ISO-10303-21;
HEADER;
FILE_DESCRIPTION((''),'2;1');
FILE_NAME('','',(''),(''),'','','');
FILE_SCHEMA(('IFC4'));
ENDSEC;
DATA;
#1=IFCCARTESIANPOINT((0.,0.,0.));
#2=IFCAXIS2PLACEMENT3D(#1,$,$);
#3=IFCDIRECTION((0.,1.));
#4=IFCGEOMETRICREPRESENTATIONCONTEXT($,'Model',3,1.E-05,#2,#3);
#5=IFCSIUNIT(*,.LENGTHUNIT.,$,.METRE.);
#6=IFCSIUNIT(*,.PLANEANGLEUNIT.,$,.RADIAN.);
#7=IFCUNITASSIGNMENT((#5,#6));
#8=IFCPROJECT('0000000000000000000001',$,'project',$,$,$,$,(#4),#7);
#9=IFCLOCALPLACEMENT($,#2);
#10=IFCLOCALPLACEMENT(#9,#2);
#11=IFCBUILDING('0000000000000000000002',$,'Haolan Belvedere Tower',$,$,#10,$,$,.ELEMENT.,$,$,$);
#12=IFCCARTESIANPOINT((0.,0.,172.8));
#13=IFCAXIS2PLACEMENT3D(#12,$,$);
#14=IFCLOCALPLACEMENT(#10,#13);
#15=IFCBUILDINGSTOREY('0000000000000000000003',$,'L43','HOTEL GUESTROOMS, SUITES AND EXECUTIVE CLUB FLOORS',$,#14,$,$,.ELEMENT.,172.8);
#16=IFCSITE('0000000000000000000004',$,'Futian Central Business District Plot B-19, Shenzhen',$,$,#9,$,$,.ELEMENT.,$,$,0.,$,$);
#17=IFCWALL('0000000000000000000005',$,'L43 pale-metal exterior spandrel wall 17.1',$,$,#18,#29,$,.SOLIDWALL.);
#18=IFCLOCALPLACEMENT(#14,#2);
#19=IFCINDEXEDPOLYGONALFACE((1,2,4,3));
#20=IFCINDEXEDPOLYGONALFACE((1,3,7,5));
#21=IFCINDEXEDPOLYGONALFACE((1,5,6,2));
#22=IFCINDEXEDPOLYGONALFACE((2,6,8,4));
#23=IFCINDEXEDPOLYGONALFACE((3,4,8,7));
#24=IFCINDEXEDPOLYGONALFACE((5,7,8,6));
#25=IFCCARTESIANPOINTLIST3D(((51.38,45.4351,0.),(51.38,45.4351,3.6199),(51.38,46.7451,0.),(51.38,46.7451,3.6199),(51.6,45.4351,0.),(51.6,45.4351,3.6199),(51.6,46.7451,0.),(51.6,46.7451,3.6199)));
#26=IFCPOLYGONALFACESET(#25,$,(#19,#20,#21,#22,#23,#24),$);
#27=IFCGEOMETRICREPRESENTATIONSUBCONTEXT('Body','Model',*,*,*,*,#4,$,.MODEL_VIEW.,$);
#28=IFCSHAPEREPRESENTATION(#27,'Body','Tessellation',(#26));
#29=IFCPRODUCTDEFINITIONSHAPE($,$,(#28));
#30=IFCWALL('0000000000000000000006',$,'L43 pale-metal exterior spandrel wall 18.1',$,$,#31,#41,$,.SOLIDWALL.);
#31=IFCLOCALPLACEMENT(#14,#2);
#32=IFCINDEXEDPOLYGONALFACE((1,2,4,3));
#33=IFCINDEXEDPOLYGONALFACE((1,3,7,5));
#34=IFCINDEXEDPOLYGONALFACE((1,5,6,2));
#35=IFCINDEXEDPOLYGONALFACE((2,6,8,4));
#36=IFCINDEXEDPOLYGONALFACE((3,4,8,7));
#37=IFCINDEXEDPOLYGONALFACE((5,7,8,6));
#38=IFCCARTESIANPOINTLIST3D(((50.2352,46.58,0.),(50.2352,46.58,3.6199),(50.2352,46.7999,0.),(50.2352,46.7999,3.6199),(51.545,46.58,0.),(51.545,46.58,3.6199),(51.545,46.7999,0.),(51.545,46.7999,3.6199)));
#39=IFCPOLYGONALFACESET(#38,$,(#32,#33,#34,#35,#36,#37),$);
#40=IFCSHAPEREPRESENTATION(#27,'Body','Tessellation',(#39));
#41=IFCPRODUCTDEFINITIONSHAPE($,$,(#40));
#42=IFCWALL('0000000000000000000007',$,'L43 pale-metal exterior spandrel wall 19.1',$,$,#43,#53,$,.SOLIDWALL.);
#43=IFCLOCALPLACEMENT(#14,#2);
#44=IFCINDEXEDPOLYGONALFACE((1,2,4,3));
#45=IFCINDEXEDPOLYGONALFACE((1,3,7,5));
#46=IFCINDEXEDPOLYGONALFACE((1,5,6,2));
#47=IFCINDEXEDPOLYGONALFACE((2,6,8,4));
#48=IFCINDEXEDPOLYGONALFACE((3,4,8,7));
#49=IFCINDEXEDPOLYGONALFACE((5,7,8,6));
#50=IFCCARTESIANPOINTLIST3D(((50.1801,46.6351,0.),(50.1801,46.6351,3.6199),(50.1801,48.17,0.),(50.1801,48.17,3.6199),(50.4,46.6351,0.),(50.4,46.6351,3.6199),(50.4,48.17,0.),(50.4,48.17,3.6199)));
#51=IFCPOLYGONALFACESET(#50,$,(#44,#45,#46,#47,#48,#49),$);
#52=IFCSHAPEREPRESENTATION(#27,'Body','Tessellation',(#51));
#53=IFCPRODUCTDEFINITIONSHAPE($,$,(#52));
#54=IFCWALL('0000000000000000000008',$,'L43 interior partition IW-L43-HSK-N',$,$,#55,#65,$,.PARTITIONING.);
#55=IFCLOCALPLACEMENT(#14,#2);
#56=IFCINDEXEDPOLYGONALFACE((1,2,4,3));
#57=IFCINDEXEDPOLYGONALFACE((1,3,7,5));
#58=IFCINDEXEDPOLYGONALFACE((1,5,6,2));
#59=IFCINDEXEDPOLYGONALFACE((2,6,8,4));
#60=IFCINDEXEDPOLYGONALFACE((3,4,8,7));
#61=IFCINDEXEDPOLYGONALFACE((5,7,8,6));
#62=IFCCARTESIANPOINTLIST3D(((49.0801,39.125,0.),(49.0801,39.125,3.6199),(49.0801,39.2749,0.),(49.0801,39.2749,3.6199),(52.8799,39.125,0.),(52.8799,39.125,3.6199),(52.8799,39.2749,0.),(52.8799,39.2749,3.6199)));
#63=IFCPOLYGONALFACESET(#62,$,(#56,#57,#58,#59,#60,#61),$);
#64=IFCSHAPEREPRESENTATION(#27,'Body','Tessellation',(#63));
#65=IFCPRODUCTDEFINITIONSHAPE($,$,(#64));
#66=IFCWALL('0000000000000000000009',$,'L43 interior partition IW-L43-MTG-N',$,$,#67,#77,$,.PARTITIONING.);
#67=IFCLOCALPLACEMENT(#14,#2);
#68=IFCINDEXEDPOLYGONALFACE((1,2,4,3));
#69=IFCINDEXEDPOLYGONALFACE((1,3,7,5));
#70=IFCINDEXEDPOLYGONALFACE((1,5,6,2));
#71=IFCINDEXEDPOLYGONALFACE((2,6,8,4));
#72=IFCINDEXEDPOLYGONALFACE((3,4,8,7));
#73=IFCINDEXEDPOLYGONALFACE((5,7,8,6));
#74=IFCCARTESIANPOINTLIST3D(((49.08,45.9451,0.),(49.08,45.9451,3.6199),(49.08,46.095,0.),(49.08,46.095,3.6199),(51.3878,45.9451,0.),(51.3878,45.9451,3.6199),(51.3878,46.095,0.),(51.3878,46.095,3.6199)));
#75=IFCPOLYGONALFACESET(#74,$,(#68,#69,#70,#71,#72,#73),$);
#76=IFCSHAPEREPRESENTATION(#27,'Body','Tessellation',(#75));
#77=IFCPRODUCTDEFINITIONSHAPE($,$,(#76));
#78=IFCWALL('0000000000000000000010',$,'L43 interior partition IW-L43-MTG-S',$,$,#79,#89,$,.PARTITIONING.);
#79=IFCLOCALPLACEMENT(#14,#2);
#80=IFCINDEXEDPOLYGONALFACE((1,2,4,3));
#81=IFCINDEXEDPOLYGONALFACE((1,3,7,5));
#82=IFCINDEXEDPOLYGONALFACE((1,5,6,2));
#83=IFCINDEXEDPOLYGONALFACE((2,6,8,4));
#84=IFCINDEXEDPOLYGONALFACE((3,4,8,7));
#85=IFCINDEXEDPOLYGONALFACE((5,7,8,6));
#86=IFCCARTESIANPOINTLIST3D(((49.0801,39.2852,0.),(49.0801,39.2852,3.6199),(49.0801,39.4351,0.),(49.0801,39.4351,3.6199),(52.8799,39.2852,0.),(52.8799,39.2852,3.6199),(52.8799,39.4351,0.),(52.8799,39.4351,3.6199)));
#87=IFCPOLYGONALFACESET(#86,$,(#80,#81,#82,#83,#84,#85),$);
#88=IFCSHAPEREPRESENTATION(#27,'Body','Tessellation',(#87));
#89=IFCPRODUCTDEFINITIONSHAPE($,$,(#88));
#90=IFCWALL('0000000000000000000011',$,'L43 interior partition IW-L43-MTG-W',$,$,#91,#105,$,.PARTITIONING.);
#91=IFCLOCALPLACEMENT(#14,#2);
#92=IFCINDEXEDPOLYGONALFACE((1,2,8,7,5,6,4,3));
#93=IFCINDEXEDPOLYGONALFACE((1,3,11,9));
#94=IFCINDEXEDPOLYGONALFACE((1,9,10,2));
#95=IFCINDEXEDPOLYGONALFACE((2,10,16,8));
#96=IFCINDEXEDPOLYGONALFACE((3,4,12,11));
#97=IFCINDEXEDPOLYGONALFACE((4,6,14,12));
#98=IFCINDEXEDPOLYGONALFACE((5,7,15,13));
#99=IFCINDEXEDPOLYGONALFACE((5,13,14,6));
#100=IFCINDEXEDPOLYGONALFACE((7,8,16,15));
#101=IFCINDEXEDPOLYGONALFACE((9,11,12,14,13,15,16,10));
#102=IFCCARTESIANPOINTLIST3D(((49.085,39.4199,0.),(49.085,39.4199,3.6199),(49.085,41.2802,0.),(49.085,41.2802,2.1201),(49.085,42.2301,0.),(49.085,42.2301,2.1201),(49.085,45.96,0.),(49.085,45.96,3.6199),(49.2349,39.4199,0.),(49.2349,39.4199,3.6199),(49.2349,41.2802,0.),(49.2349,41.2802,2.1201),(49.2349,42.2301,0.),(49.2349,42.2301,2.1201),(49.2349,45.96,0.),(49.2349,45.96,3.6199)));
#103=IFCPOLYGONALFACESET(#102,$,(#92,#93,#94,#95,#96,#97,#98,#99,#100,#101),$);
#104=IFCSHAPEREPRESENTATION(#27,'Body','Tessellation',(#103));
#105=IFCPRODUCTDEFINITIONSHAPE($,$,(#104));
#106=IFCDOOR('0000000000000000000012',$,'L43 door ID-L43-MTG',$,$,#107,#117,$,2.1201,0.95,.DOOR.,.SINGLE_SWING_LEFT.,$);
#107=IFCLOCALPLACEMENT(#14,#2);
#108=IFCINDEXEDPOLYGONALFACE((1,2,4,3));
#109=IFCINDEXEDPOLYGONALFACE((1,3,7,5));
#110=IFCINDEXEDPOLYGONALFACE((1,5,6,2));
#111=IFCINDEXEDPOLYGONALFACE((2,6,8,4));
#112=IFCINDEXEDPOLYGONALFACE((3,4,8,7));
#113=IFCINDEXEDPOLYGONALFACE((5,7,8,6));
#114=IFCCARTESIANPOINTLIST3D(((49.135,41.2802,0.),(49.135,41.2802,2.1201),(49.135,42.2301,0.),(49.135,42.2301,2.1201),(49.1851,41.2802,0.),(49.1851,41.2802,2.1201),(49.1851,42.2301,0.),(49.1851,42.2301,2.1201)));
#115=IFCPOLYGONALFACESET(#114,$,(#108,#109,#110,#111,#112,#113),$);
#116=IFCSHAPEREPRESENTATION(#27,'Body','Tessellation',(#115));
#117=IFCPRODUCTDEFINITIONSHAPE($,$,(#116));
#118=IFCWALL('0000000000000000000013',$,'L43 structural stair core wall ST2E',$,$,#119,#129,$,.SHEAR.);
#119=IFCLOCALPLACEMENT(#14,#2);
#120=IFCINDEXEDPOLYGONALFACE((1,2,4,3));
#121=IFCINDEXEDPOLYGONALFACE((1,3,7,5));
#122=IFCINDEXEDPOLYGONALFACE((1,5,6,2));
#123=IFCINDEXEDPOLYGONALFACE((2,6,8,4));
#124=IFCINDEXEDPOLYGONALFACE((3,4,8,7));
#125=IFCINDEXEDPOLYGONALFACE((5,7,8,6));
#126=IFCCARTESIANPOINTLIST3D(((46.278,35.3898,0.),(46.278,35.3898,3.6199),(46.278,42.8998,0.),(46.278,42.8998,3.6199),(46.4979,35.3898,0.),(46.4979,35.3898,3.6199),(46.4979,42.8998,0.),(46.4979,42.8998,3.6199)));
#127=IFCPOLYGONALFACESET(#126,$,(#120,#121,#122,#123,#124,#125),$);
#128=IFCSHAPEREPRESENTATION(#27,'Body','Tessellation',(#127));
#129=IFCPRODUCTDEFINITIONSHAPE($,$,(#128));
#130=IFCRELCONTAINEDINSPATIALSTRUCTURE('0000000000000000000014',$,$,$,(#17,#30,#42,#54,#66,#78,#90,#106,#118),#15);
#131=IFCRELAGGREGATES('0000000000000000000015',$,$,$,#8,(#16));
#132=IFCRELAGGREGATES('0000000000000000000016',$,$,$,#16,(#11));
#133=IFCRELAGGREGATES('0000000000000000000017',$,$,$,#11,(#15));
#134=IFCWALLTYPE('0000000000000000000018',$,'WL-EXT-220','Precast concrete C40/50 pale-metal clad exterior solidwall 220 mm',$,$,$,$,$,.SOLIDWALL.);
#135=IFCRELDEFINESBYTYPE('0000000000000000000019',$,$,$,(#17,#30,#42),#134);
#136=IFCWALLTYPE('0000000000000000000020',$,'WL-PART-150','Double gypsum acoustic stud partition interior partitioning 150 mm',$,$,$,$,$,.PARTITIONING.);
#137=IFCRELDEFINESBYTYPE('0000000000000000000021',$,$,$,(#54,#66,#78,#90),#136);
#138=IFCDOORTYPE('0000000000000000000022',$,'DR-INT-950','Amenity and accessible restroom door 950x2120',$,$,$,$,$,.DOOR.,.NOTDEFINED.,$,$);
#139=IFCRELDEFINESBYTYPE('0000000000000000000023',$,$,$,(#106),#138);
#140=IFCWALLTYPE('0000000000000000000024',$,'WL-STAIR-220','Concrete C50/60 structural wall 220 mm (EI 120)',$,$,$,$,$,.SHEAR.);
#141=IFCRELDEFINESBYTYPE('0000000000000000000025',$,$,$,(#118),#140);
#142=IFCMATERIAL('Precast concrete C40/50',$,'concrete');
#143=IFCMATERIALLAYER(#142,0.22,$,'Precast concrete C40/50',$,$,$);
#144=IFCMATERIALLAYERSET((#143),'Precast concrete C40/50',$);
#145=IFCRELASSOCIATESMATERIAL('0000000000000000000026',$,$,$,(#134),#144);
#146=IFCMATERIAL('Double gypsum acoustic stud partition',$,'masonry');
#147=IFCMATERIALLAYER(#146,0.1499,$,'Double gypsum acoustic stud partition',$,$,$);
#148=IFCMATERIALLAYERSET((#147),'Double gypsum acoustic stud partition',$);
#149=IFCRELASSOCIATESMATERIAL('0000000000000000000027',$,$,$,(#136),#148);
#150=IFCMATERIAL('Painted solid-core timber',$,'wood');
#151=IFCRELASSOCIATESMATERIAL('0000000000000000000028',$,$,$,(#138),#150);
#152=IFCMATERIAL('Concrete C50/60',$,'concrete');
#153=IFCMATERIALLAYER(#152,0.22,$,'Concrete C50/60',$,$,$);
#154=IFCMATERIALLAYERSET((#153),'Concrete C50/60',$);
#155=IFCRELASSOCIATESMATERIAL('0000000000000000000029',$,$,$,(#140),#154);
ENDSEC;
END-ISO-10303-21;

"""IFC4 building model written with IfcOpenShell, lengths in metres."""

from ifc_helpers import new_model, si_unit, direction, frame, frame_2d, origin, place, context, subcontext, project, spatial, rectangle, extrude, material, layer, layer_set, type_object, element, fill, save


model = new_model("IFC4")

# Units and contexts
model_context = context("Model", 3, precision=1e-05, world=origin(), true_north=direction((0.0, 1.0)))
body_context = subcontext(model_context, "Body", "Model", "MODEL_VIEW")
ifc_project = project(units=[si_unit("LENGTHUNIT", "METRE"), si_unit("PLANEANGLEUNIT", "RADIAN")], contexts=[model_context])

# Site, building, storey
site_placement = place(None, origin())
site = spatial("IfcSite", under=ifc_project, at=site_placement, Name="Futian Central Business District Plot B-19, Shenzhen", CompositionType="ELEMENT", RefElevation=0.0)
building_placement = place(site_placement, origin())
building = spatial("IfcBuilding", under=site, at=building_placement, Name="Haolan Belvedere Tower", CompositionType="ELEMENT")
storey_placement = place(building_placement, frame((0.0, 0.0, 172.8)))
storey = spatial("IfcBuildingStorey", under=building, at=storey_placement, Name="L43", Description="HOTEL GUESTROOMS, SUITES AND EXECUTIVE CLUB FLOORS", CompositionType="ELEMENT", Elevation=172.8)

# Walls
ifc_material_1 = material(Name="Precast concrete C40/50", Category="concrete")
ifc_layer_1 = layer(ifc_material_1, 0.22, Name="Precast concrete C40/50")
ifc_layer_set_1 = layer_set([ifc_layer_1], Name="Precast concrete C40/50")
wall_type_1 = type_object("IfcWallType", Name="WL-EXT-220", Description="Precast concrete C40/50 pale-metal clad exterior solidwall 220 mm", PredefinedType="SOLIDWALL", material=ifc_layer_set_1)
wall_1_placement = place(storey_placement, frame((51.49, 45.4351, 0.0), z_axis=(0.0, 0.0, 1.0), x_axis=(0.0, 1.0, 0.0)))
element("IfcWall", 1, at=wall_1_placement, inside=storey, type_object=wall_type_1, Name="L43 pale-metal exterior spandrel wall 17.1", PredefinedType="SOLIDWALL", context=body_context, shape_type="SweptSolid", body=[
    extrude(rectangle(XDim=1.3101, YDim=0.22, at=frame_2d((0.655, 0.0))), origin(), (0.0, 0.0, 1.0), 3.6199),
])
wall_2_placement = place(storey_placement, frame((51.5449, 46.6899, 0.0), z_axis=(0.0, 0.0, 1.0), x_axis=(-1.0, 0.0, 0.0)))
element("IfcWall", 2, at=wall_2_placement, inside=storey, type_object=wall_type_1, Name="L43 pale-metal exterior spandrel wall 18.1", PredefinedType="SOLIDWALL", context=body_context, shape_type="SweptSolid", body=[
    extrude(rectangle(XDim=1.3098, YDim=0.22, at=frame_2d((0.6548, 0.0))), origin(), (0.0, 0.0, 1.0), 3.6199),
])
wall_3_placement = place(storey_placement, frame((50.29, 46.635, 0.0), z_axis=(0.0, 0.0, 1.0), x_axis=(0.0, 1.0, 0.0)))
element("IfcWall", 3, at=wall_3_placement, inside=storey, type_object=wall_type_1, Name="L43 pale-metal exterior spandrel wall 19.1", PredefinedType="SOLIDWALL", context=body_context, shape_type="SweptSolid", body=[
    extrude(rectangle(XDim=1.5349, YDim=0.22, at=frame_2d((0.7676, 0.0))), origin(), (0.0, 0.0, 1.0), 3.6199),
])
ifc_material_2 = material(Name="Double gypsum acoustic stud partition", Category="masonry")
ifc_layer_2 = layer(ifc_material_2, 0.1499, Name="Double gypsum acoustic stud partition")
ifc_layer_set_2 = layer_set([ifc_layer_2], Name="Double gypsum acoustic stud partition")
wall_type_2 = type_object("IfcWallType", Name="WL-PART-150", Description="Double gypsum acoustic stud partition interior partitioning 150 mm", PredefinedType="PARTITIONING", material=ifc_layer_set_2)
wall_4_placement = place(storey_placement, frame((49.0801, 39.2, 0.0), z_axis=(0.0, 0.0, 1.0), x_axis=(1.0, 0.0, 0.0)))
element("IfcWall", 4, at=wall_4_placement, inside=storey, type_object=wall_type_2, Name="L43 interior partition IW-L43-HSK-N", PredefinedType="PARTITIONING", context=body_context, shape_type="SweptSolid", body=[
    extrude(rectangle(XDim=3.7998, YDim=0.1499, at=frame_2d((1.8999, 0.0))), origin(), (0.0, 0.0, 1.0), 3.6199),
])
wall_5_placement = place(storey_placement, frame((49.0801, 46.02, 0.0), z_axis=(0.0, 0.0, 1.0), x_axis=(1.0, 0.0, 0.0)))
element("IfcWall", 5, at=wall_5_placement, inside=storey, type_object=wall_type_2, Name="L43 interior partition IW-L43-MTG-N", PredefinedType="PARTITIONING", context=body_context, shape_type="SweptSolid", body=[
    extrude(rectangle(XDim=2.3079, YDim=0.1499, at=frame_2d((1.1538, 0.0))), origin(), (0.0, 0.0, 1.0), 3.6199),
])
wall_6_placement = place(storey_placement, frame((49.0801, 39.3601, 0.0), z_axis=(0.0, 0.0, 1.0), x_axis=(1.0, 0.0, 0.0)))
element("IfcWall", 6, at=wall_6_placement, inside=storey, type_object=wall_type_2, Name="L43 interior partition IW-L43-MTG-S", PredefinedType="PARTITIONING", context=body_context, shape_type="SweptSolid", body=[
    extrude(rectangle(XDim=3.7998, YDim=0.1499, at=frame_2d((1.8999, 0.0))), origin(), (0.0, 0.0, 1.0), 3.6199),
])

# Wall, opening, door
wall_7_placement = place(storey_placement, frame((49.1599, 39.4199, 0.0), z_axis=(0.0, 0.0, 1.0), x_axis=(0.0, 1.0, 0.0)))
wall_7 = element("IfcWall", 7, at=wall_7_placement, inside=storey, type_object=wall_type_2, Name="L43 interior partition IW-L43-MTG-W", PredefinedType="PARTITIONING", context=body_context, shape_type="SweptSolid", body=[
    extrude(rectangle(XDim=6.54, YDim=0.1499, at=frame_2d((3.27, 0.0))), origin(), (0.0, 0.0, 1.0), 3.6199),
])
opening_placement = place(wall_7_placement, frame((1.8601, 0.0, 0.0)))
opening = element("IfcOpeningElement", 8, at=opening_placement, cuts=wall_7, PredefinedType="OPENING", context=body_context, shape_type="SweptSolid", body=[
    extrude(rectangle(XDim=0.95, YDim=2.1201, at=frame_2d((0.4751, 1.0601))), frame((0.0, 0.085, 0.0), z_axis=(0.0, -1.0, 0.0), x_axis=(1.0, 0.0, 0.0)), (0.0, 0.0, 1.0), 0.1699),
])
ifc_material_3 = material(Name="Painted solid-core timber", Category="wood")
door_type = type_object("IfcDoorType", Name="DR-INT-950", Description="Amenity and accessible restroom door 950x2120", OperationType="NOTDEFINED", PredefinedType="DOOR", material=ifc_material_3)
door_placement = place(opening_placement, origin())
door = element("IfcDoor", 9, at=door_placement, inside=storey, type_object=door_type, Name="L43 door ID-L43-MTG", OperationType="SINGLE_SWING_LEFT", OverallHeight=2.1201, OverallWidth=0.95, PredefinedType="DOOR", context=body_context, shape_type="SweptSolid", body=[
    extrude(rectangle(XDim=0.95, YDim=2.1201, at=frame_2d((0.4751, 1.0601))), frame((0.0, 0.0249, 0.0), z_axis=(0.0, -1.0, 0.0), x_axis=(1.0, 0.0, 0.0)), (0.0, 0.0, 1.0), 0.05),
])
fill(opening, door)

# Wall
ifc_material_4 = material(Name="Concrete C50/60", Category="concrete")
ifc_layer_3 = layer(ifc_material_4, 0.22, Name="Concrete C50/60")
ifc_layer_set_3 = layer_set([ifc_layer_3], Name="Concrete C50/60")
wall_type_3 = type_object("IfcWallType", Name="WL-STAIR-220", Description="Concrete C50/60 structural wall 220 mm (EI 120)", PredefinedType="SHEAR", material=ifc_layer_set_3)
wall_8_placement = place(storey_placement, frame((46.3879, 35.3899, 0.0), z_axis=(0.0, 0.0, 1.0), x_axis=(0.0, 1.0, 0.0)))
element("IfcWall", 10, at=wall_8_placement, inside=storey, type_object=wall_type_3, Name="L43 structural stair core wall ST2E", PredefinedType="SHEAR", context=body_context, shape_type="SweptSolid", body=[
    extrude(rectangle(XDim=7.51, YDim=0.22, at=frame_2d((3.7549, 0.0))), origin(), (0.0, 0.0, 1.0), 3.6199),
])

save(model, "model.ifc")
